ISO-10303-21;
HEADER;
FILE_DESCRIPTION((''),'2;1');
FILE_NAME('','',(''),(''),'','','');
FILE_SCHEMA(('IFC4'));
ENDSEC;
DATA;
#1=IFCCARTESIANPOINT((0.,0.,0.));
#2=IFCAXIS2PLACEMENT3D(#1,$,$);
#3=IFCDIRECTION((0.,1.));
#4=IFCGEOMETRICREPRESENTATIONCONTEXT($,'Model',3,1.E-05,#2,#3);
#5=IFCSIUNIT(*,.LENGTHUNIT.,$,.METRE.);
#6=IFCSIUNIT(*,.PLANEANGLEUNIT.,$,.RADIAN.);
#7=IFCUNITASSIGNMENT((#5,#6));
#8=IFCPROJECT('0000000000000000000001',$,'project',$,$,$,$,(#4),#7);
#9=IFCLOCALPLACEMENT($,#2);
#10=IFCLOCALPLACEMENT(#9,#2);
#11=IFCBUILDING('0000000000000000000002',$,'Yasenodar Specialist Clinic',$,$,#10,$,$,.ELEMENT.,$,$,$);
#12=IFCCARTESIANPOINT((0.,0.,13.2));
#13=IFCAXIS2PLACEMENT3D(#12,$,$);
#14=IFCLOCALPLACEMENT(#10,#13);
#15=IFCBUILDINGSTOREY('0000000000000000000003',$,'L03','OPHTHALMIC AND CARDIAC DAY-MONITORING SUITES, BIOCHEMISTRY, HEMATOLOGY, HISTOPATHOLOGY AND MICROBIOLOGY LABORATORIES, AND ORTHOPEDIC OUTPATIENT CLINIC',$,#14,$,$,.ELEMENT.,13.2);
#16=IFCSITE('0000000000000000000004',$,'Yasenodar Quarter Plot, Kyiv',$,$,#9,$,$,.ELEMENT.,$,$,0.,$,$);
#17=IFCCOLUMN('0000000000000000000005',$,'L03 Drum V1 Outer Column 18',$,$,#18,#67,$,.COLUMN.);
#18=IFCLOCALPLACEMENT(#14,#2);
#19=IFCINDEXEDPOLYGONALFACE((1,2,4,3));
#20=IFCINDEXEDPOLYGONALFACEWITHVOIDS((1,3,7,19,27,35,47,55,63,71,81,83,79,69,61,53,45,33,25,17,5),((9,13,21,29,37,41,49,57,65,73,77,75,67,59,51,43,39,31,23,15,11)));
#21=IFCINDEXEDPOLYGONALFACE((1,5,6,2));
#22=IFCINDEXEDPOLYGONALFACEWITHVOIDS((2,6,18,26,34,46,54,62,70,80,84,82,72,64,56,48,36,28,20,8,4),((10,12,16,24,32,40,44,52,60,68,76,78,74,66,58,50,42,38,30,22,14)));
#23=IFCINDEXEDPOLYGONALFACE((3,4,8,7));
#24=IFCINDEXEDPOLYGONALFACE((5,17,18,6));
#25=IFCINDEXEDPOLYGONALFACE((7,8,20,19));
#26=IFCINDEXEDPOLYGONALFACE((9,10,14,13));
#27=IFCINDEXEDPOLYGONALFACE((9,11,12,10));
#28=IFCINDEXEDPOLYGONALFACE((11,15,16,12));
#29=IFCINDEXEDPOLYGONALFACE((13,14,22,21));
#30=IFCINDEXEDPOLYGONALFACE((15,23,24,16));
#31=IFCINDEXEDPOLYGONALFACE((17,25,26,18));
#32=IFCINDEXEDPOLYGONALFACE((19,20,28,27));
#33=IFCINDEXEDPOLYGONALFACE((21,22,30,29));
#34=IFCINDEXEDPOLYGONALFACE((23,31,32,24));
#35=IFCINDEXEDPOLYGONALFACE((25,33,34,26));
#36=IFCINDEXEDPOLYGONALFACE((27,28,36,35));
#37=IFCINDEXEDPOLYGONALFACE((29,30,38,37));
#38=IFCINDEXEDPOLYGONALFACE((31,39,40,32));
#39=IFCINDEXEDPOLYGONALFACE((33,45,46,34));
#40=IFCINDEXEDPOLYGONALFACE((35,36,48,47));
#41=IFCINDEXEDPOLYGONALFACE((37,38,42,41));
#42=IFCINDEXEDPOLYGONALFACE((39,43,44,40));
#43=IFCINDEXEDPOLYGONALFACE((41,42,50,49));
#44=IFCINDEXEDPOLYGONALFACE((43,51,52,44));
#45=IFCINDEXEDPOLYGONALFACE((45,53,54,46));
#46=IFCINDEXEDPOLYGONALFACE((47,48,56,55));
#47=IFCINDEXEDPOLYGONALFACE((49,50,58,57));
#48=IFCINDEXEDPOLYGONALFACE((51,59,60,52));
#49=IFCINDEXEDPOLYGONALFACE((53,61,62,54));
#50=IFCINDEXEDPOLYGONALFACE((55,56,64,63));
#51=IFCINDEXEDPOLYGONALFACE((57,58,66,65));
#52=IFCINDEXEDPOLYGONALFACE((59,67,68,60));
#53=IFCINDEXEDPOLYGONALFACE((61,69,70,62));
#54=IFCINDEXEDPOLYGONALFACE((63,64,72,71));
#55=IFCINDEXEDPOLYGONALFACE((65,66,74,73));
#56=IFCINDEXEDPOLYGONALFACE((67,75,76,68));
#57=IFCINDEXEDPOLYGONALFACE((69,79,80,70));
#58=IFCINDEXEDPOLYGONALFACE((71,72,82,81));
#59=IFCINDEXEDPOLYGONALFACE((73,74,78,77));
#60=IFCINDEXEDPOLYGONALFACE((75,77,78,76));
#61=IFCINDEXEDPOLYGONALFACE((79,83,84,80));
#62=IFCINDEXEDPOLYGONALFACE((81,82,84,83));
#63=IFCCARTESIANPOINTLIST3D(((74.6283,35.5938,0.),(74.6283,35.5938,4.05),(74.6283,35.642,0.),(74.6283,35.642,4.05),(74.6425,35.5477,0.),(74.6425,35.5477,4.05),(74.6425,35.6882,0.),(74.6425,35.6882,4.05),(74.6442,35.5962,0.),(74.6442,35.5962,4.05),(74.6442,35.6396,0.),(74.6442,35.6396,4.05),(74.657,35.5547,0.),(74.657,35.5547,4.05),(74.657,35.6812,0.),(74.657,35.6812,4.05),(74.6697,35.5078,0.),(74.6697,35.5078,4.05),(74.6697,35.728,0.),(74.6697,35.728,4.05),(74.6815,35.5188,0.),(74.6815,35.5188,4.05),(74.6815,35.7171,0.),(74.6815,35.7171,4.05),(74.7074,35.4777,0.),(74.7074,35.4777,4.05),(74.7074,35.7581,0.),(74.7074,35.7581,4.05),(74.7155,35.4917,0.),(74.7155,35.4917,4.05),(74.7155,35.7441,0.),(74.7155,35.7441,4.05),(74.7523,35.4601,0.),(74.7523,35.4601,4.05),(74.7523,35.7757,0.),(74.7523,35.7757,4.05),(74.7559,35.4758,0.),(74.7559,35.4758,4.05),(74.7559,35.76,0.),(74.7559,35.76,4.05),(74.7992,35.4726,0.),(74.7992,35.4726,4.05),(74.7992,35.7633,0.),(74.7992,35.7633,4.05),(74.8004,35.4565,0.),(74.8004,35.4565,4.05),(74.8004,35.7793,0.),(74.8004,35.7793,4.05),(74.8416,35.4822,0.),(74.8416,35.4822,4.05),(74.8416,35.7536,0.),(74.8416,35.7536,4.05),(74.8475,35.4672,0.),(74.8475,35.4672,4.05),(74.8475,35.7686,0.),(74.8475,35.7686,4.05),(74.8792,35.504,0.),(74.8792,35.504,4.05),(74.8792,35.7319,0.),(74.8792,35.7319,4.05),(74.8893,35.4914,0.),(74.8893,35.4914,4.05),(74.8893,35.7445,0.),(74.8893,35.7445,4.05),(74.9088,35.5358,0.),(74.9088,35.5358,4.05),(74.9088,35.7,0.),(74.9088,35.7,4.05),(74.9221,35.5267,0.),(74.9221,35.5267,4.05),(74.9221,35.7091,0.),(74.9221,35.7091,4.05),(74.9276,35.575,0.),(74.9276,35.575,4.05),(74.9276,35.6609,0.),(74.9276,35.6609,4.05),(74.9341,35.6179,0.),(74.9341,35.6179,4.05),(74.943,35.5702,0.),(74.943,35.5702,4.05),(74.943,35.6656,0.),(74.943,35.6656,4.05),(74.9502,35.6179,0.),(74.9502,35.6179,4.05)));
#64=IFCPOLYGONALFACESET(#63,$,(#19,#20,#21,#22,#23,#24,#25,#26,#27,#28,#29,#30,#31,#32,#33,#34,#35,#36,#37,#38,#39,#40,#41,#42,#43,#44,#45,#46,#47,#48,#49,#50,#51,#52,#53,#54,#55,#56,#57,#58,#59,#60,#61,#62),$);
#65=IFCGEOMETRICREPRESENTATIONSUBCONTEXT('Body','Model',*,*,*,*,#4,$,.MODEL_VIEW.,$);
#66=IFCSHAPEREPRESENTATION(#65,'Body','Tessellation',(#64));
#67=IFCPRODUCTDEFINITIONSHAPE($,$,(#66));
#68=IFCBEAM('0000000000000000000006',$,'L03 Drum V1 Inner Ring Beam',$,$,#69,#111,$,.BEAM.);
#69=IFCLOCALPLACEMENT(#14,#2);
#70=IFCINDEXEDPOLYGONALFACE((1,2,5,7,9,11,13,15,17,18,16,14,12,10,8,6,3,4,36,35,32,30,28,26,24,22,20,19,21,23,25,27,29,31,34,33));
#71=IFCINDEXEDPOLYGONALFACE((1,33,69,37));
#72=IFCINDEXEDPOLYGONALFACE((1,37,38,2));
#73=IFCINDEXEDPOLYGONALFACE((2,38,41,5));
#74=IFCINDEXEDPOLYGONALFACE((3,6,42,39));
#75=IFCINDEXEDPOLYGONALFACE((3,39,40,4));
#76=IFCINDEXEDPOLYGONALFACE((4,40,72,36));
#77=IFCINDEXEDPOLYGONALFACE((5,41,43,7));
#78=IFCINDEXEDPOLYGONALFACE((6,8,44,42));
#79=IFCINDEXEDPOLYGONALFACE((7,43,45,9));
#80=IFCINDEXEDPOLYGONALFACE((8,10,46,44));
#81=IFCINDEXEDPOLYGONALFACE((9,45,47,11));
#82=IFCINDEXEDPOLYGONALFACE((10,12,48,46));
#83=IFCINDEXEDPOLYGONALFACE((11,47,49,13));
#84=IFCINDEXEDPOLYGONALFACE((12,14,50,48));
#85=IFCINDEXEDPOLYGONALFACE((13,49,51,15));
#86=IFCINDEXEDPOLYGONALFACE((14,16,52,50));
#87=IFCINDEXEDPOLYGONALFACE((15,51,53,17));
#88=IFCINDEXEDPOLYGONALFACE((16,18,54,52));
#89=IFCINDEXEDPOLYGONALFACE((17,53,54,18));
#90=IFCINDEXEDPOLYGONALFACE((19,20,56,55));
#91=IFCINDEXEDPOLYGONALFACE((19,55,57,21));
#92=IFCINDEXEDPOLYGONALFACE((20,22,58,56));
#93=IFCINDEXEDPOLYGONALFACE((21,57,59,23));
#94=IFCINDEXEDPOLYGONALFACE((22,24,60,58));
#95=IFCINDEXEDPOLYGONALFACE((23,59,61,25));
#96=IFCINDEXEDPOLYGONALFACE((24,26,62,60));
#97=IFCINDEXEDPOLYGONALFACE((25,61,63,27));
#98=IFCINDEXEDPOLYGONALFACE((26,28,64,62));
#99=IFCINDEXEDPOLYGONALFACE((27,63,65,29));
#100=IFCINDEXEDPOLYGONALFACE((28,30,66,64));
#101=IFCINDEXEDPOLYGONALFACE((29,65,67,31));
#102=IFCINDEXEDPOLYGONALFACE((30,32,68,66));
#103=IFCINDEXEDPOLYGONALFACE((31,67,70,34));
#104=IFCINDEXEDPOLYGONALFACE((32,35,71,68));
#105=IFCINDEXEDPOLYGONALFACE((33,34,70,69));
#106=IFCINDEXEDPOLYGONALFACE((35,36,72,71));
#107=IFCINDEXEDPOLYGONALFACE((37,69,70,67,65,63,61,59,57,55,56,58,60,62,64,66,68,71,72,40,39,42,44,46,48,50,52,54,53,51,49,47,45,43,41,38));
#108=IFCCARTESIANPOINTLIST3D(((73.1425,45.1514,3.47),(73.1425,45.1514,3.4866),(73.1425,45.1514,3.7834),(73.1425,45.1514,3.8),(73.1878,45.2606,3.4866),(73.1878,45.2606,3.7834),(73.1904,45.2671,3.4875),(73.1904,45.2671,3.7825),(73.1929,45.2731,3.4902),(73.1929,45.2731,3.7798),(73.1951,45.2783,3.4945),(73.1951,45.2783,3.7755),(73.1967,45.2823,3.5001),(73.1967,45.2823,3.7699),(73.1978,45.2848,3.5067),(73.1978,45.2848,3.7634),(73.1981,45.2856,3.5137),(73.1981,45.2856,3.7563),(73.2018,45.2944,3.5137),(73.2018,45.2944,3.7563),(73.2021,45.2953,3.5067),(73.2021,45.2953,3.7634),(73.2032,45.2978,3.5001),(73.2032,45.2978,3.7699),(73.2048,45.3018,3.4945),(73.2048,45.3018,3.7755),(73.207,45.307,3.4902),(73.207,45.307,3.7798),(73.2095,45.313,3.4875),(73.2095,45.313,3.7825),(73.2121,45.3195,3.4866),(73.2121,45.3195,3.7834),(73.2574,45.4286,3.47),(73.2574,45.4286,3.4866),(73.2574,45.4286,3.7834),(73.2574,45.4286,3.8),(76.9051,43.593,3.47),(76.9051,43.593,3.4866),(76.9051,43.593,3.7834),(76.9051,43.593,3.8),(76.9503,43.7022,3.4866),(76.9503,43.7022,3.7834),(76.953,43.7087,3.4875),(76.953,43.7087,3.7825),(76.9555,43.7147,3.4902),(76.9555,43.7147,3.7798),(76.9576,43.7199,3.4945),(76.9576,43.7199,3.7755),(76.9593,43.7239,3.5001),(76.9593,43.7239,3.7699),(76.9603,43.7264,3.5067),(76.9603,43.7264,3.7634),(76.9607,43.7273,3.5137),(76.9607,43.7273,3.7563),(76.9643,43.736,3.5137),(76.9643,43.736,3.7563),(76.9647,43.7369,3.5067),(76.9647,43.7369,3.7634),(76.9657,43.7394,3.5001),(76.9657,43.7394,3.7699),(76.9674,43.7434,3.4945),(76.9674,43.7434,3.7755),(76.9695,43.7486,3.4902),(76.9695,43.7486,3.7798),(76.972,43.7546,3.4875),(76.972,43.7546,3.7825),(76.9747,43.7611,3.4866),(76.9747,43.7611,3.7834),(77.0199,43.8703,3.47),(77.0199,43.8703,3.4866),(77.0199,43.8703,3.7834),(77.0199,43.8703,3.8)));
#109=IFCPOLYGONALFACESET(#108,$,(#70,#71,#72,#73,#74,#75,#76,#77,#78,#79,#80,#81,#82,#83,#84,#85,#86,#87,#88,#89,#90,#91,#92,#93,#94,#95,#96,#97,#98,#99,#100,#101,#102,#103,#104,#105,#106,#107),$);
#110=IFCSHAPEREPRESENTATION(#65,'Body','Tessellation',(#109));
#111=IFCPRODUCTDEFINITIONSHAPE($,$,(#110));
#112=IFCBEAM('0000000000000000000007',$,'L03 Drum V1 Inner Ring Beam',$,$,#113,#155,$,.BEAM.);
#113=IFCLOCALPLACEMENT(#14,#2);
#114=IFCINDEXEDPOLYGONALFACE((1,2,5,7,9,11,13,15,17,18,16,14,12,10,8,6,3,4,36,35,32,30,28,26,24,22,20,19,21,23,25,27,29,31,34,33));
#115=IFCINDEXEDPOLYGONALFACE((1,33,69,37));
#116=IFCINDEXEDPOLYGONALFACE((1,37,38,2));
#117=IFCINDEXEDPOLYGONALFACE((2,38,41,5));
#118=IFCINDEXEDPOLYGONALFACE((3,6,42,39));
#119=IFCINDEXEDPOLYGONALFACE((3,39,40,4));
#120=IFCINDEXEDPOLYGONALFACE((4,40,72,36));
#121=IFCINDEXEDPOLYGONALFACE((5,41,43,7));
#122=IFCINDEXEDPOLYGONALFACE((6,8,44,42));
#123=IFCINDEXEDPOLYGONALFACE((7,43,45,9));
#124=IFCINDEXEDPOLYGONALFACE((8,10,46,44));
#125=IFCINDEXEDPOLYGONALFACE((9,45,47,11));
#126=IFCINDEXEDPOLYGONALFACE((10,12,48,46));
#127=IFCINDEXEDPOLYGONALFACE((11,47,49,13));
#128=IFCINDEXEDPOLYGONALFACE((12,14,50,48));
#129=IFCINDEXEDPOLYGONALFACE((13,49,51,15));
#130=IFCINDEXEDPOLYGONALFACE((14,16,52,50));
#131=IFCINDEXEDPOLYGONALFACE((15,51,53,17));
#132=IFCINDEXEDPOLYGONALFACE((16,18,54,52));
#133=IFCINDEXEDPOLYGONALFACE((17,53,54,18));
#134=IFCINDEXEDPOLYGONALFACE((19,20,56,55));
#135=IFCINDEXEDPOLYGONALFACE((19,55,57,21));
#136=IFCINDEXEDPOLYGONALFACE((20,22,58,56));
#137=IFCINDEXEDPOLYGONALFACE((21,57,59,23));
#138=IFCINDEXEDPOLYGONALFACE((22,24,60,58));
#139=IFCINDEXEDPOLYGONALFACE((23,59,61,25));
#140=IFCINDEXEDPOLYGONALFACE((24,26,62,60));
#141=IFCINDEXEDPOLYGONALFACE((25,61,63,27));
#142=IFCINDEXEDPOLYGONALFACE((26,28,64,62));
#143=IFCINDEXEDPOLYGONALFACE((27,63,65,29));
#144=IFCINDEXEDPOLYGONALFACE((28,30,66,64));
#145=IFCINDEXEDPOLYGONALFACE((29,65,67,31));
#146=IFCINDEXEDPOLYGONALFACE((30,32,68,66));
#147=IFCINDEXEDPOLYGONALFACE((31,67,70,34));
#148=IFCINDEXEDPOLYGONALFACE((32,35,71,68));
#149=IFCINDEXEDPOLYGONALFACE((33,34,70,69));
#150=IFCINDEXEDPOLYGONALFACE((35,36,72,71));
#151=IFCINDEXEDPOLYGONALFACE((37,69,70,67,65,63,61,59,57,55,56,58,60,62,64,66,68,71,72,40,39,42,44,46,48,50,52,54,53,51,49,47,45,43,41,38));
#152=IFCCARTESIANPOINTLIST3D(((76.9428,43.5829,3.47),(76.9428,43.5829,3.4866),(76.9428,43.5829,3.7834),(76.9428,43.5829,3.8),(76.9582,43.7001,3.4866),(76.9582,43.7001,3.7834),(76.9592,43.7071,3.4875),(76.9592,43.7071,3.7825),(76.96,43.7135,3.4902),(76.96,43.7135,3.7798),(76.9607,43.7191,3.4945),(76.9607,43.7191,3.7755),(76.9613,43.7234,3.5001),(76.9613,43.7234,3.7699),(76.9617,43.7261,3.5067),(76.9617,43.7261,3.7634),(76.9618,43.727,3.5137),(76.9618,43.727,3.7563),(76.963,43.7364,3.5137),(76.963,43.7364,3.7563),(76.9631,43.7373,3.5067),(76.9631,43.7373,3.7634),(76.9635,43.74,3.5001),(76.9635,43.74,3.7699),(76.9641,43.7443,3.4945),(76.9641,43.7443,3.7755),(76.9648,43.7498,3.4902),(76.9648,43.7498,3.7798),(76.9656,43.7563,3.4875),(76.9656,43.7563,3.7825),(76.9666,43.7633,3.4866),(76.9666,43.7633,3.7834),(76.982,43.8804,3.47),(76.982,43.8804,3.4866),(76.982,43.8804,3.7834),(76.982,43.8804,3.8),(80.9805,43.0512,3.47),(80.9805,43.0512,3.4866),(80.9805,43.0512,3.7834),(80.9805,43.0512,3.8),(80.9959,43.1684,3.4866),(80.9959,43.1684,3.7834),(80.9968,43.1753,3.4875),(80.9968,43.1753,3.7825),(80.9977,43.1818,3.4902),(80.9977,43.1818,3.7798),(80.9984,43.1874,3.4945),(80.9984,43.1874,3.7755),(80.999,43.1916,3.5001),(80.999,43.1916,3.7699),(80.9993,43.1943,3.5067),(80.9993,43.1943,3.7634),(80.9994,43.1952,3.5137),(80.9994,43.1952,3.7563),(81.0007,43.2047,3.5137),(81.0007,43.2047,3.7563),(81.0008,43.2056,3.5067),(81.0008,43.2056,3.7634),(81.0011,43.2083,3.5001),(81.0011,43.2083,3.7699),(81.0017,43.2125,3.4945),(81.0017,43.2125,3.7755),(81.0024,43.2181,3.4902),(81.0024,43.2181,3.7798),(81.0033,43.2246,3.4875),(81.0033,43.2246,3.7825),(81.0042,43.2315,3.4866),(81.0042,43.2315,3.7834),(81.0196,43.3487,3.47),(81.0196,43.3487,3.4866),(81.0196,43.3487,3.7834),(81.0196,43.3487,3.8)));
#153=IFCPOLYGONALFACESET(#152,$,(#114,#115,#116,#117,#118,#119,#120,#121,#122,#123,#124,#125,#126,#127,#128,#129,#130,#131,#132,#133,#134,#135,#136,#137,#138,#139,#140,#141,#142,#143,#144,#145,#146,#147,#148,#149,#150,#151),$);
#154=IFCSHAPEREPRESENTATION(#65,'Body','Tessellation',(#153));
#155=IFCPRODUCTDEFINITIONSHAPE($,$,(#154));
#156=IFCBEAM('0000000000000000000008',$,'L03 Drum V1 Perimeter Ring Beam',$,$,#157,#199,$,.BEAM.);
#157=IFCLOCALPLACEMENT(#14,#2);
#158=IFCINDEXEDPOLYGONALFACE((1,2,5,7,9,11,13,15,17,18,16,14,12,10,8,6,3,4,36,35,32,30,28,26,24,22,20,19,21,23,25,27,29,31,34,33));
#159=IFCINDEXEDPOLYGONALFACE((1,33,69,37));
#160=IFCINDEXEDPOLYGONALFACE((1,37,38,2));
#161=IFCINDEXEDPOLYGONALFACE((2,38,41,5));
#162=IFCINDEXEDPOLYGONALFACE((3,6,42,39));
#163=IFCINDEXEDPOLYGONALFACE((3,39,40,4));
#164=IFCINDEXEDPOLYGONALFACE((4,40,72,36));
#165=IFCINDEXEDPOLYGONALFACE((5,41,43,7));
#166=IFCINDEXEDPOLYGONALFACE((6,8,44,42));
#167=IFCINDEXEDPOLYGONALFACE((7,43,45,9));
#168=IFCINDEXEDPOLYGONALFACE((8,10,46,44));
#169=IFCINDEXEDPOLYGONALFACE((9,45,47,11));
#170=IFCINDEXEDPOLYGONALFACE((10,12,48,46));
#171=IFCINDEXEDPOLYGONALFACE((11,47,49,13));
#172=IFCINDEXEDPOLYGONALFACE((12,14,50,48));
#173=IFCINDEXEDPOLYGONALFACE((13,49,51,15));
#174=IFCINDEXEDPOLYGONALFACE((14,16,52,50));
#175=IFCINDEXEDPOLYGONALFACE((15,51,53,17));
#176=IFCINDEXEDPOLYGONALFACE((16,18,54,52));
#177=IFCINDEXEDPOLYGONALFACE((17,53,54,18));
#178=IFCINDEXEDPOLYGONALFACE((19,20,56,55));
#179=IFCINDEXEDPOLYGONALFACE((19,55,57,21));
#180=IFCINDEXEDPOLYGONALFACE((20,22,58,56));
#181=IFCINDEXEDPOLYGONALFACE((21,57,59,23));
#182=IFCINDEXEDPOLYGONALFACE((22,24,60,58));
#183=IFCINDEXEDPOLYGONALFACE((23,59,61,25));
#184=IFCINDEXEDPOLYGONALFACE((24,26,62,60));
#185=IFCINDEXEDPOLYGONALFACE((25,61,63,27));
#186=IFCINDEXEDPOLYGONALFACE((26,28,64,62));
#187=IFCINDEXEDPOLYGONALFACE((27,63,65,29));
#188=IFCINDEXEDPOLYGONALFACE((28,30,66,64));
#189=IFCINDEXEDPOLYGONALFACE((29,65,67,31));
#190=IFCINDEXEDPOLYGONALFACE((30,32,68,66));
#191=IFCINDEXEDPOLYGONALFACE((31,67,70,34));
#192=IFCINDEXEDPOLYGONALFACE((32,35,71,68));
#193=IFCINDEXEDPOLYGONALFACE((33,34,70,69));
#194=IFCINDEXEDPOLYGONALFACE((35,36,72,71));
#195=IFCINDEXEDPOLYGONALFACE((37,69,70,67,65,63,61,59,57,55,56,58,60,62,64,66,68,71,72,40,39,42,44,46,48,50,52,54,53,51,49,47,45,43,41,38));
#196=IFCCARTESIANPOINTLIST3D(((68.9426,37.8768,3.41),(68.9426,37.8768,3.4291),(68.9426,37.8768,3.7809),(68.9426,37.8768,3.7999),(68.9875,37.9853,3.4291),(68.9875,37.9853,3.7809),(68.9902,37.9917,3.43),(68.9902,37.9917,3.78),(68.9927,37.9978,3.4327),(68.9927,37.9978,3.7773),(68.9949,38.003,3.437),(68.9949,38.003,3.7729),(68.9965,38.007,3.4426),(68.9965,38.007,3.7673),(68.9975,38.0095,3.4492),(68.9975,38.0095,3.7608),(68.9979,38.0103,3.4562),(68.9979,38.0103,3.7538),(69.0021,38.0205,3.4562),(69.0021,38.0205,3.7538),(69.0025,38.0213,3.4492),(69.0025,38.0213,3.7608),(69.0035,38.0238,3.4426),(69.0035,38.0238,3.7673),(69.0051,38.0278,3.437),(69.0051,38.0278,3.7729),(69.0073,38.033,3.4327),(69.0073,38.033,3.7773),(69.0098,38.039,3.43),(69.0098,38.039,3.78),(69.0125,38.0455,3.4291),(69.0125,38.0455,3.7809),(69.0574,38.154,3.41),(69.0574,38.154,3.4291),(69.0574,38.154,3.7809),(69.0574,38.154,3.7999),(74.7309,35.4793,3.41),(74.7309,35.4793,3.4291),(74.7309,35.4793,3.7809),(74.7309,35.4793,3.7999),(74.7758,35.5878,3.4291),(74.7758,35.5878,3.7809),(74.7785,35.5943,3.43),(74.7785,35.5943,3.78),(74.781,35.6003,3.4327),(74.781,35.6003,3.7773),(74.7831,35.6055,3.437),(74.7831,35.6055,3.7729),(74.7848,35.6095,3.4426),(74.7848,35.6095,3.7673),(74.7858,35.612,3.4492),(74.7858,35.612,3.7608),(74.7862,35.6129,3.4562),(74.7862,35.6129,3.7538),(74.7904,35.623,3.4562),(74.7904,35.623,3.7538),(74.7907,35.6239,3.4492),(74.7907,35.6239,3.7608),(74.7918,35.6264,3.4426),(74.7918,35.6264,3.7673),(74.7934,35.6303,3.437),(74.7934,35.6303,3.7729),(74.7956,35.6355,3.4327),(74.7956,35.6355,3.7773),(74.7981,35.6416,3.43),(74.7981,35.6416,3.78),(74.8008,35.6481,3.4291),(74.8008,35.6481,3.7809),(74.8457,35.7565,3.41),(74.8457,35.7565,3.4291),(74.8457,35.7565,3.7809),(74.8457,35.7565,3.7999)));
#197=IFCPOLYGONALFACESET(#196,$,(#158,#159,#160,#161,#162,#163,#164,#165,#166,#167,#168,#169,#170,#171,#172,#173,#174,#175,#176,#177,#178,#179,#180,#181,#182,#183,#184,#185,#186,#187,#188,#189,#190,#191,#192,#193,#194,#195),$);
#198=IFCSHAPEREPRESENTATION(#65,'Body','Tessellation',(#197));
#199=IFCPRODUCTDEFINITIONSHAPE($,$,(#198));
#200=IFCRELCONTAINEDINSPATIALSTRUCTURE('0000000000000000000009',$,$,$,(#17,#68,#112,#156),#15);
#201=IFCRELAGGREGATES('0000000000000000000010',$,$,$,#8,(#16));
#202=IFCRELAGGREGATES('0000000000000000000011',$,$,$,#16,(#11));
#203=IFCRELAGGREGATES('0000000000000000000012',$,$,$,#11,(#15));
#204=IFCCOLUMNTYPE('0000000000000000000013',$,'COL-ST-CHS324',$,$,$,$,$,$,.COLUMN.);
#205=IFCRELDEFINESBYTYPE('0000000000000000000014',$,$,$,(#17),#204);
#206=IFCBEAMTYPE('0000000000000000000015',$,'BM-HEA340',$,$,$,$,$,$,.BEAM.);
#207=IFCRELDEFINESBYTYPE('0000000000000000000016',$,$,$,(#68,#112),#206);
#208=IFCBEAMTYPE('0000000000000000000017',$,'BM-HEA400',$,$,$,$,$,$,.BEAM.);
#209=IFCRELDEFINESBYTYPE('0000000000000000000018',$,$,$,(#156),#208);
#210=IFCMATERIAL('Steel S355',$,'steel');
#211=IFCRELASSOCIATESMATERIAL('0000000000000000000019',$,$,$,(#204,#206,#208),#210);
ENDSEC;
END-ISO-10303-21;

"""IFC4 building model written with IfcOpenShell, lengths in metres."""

from ifc_helpers import new_model, si_unit, direction, frame, origin, origin_2d, place, context, subcontext, project, spatial, hollow_circle, i_section, extrude, material, material_profile, profile_set, type_object, element, save


model = new_model("IFC4")

# Units and contexts
model_context = context("Model", 3, precision=1e-05, world=origin(), true_north=direction((0.0, 1.0)))
body_context = subcontext(model_context, "Body", "Model", "MODEL_VIEW")
ifc_project = project(units=[si_unit("LENGTHUNIT", "METRE"), si_unit("PLANEANGLEUNIT", "RADIAN")], contexts=[model_context])

# Site, building, storey
site_placement = place(None, origin())
site = spatial("IfcSite", under=ifc_project, at=site_placement, Name="Yasenodar Quarter Plot, Kyiv", CompositionType="ELEMENT", RefElevation=0.0)
building_placement = place(site_placement, origin())
building = spatial("IfcBuilding", under=site, at=building_placement, Name="Yasenodar Specialist Clinic", CompositionType="ELEMENT")
storey_placement = place(building_placement, frame((0.0, 0.0, 13.2)))
storey = spatial("IfcBuildingStorey", under=building, at=storey_placement, Name="L03", Description="OPHTHALMIC AND CARDIAC DAY-MONITORING SUITES, BIOCHEMISTRY, HEMATOLOGY, HISTOPATHOLOGY AND MICROBIOLOGY LABORATORIES, AND ORTHOPEDIC OUTPATIENT CLINIC", CompositionType="ELEMENT", Elevation=13.2)

# Column
ifc_material_1 = material(Name="Steel S355", Category="steel")
ifc_material_profile_1 = material_profile(ifc_material_1, hollow_circle(Radius=0.1619, WallThickness=0.0161, at=origin_2d()), Name="CHS 323.9x16")
ifc_profile_set_1 = profile_set([ifc_material_profile_1], Name="Steel S355")
column_type_1 = type_object("IfcColumnType", Name="COL-ST-CHS324", PredefinedType="COLUMN", material=ifc_profile_set_1)
for number, where, z_axis, x_axis, name in (
    (1, (74.7883, 35.6179, 0.0), (0.0, 0.0, 1.0), (1.0, 0.0, 0.0), "L03 Drum V1 Outer Column 18"),
):
    element("IfcColumn", number, at=place(storey_placement, frame(where, z_axis=z_axis, x_axis=x_axis)), inside=storey, type_object=column_type_1, Name=name, PredefinedType="COLUMN", context=body_context, shape_type="SweptSolid", body=[
        extrude(hollow_circle(Radius=0.1619, WallThickness=0.0161, at=origin_2d()), origin(), (0.0, 0.0, 1.0), 4.05),
    ])

# Beams
ifc_material_profile_2 = material_profile(ifc_material_1, i_section(OverallWidth=0.3, OverallDepth=0.3301, WebThickness=0.0095, FlangeThickness=0.0166, FilletRadius=0.0271, at=origin_2d()), Name="HEA 340")
ifc_profile_set_2 = profile_set([ifc_material_profile_2], Name="Steel S355")
beam_type_1 = type_object("IfcBeamType", Name="BM-HEA340", PredefinedType="BEAM", material=ifc_profile_set_2)
for number, where, z_axis, x_axis, name in (
    (2, (73.2, 45.29, 3.635), (0.923889, -0.382661, 0.0), (0.382661, 0.923889, 0.0), "L03 Drum V1 Inner Ring Beam"),
    (3, (76.9624, 43.7317, 3.635), (0.991439, -0.130569, 0.0), (0.130569, 0.991439, 0.0), "L03 Drum V1 Inner Ring Beam"),
):
    element("IfcBeam", number, at=place(storey_placement, frame(where, z_axis=z_axis, x_axis=x_axis)), inside=storey, type_object=beam_type_1, Name=name, PredefinedType="BEAM", context=body_context, shape_type="SweptSolid", body=[
        extrude(i_section(OverallWidth=0.3, OverallDepth=0.3301, WebThickness=0.0095, FlangeThickness=0.0166, FilletRadius=0.0271, at=origin_2d()), origin(), (0.0, 0.0, 1.0), 4.0725),
    ])
ifc_material_profile_3 = material_profile(ifc_material_1, i_section(OverallWidth=0.3, OverallDepth=0.3899, WebThickness=0.011, FlangeThickness=0.019, FilletRadius=0.0271, at=origin_2d()), Name="HEA 400")
ifc_profile_set_3 = profile_set([ifc_material_profile_3], Name="Steel S355")
beam_type_2 = type_object("IfcBeamType", Name="BM-HEA400", PredefinedType="BEAM", material=ifc_profile_set_3)
beam_1_placement = place(storey_placement, frame((69.0, 38.0154, 3.605), z_axis=(0.923888, -0.382664, 0.0), x_axis=(0.382664, 0.923888, 0.0)))
element("IfcBeam", 4, at=beam_1_placement, inside=storey, type_object=beam_type_2, Name="L03 Drum V1 Perimeter Ring Beam", PredefinedType="BEAM", context=body_context, shape_type="SweptSolid", body=[
    extrude(i_section(OverallWidth=0.3, OverallDepth=0.3899, WebThickness=0.011, FlangeThickness=0.019, FilletRadius=0.0271, at=origin_2d()), origin(), (0.0, 0.0, 1.0), 6.2651),
])

save(model, "model.ifc")
